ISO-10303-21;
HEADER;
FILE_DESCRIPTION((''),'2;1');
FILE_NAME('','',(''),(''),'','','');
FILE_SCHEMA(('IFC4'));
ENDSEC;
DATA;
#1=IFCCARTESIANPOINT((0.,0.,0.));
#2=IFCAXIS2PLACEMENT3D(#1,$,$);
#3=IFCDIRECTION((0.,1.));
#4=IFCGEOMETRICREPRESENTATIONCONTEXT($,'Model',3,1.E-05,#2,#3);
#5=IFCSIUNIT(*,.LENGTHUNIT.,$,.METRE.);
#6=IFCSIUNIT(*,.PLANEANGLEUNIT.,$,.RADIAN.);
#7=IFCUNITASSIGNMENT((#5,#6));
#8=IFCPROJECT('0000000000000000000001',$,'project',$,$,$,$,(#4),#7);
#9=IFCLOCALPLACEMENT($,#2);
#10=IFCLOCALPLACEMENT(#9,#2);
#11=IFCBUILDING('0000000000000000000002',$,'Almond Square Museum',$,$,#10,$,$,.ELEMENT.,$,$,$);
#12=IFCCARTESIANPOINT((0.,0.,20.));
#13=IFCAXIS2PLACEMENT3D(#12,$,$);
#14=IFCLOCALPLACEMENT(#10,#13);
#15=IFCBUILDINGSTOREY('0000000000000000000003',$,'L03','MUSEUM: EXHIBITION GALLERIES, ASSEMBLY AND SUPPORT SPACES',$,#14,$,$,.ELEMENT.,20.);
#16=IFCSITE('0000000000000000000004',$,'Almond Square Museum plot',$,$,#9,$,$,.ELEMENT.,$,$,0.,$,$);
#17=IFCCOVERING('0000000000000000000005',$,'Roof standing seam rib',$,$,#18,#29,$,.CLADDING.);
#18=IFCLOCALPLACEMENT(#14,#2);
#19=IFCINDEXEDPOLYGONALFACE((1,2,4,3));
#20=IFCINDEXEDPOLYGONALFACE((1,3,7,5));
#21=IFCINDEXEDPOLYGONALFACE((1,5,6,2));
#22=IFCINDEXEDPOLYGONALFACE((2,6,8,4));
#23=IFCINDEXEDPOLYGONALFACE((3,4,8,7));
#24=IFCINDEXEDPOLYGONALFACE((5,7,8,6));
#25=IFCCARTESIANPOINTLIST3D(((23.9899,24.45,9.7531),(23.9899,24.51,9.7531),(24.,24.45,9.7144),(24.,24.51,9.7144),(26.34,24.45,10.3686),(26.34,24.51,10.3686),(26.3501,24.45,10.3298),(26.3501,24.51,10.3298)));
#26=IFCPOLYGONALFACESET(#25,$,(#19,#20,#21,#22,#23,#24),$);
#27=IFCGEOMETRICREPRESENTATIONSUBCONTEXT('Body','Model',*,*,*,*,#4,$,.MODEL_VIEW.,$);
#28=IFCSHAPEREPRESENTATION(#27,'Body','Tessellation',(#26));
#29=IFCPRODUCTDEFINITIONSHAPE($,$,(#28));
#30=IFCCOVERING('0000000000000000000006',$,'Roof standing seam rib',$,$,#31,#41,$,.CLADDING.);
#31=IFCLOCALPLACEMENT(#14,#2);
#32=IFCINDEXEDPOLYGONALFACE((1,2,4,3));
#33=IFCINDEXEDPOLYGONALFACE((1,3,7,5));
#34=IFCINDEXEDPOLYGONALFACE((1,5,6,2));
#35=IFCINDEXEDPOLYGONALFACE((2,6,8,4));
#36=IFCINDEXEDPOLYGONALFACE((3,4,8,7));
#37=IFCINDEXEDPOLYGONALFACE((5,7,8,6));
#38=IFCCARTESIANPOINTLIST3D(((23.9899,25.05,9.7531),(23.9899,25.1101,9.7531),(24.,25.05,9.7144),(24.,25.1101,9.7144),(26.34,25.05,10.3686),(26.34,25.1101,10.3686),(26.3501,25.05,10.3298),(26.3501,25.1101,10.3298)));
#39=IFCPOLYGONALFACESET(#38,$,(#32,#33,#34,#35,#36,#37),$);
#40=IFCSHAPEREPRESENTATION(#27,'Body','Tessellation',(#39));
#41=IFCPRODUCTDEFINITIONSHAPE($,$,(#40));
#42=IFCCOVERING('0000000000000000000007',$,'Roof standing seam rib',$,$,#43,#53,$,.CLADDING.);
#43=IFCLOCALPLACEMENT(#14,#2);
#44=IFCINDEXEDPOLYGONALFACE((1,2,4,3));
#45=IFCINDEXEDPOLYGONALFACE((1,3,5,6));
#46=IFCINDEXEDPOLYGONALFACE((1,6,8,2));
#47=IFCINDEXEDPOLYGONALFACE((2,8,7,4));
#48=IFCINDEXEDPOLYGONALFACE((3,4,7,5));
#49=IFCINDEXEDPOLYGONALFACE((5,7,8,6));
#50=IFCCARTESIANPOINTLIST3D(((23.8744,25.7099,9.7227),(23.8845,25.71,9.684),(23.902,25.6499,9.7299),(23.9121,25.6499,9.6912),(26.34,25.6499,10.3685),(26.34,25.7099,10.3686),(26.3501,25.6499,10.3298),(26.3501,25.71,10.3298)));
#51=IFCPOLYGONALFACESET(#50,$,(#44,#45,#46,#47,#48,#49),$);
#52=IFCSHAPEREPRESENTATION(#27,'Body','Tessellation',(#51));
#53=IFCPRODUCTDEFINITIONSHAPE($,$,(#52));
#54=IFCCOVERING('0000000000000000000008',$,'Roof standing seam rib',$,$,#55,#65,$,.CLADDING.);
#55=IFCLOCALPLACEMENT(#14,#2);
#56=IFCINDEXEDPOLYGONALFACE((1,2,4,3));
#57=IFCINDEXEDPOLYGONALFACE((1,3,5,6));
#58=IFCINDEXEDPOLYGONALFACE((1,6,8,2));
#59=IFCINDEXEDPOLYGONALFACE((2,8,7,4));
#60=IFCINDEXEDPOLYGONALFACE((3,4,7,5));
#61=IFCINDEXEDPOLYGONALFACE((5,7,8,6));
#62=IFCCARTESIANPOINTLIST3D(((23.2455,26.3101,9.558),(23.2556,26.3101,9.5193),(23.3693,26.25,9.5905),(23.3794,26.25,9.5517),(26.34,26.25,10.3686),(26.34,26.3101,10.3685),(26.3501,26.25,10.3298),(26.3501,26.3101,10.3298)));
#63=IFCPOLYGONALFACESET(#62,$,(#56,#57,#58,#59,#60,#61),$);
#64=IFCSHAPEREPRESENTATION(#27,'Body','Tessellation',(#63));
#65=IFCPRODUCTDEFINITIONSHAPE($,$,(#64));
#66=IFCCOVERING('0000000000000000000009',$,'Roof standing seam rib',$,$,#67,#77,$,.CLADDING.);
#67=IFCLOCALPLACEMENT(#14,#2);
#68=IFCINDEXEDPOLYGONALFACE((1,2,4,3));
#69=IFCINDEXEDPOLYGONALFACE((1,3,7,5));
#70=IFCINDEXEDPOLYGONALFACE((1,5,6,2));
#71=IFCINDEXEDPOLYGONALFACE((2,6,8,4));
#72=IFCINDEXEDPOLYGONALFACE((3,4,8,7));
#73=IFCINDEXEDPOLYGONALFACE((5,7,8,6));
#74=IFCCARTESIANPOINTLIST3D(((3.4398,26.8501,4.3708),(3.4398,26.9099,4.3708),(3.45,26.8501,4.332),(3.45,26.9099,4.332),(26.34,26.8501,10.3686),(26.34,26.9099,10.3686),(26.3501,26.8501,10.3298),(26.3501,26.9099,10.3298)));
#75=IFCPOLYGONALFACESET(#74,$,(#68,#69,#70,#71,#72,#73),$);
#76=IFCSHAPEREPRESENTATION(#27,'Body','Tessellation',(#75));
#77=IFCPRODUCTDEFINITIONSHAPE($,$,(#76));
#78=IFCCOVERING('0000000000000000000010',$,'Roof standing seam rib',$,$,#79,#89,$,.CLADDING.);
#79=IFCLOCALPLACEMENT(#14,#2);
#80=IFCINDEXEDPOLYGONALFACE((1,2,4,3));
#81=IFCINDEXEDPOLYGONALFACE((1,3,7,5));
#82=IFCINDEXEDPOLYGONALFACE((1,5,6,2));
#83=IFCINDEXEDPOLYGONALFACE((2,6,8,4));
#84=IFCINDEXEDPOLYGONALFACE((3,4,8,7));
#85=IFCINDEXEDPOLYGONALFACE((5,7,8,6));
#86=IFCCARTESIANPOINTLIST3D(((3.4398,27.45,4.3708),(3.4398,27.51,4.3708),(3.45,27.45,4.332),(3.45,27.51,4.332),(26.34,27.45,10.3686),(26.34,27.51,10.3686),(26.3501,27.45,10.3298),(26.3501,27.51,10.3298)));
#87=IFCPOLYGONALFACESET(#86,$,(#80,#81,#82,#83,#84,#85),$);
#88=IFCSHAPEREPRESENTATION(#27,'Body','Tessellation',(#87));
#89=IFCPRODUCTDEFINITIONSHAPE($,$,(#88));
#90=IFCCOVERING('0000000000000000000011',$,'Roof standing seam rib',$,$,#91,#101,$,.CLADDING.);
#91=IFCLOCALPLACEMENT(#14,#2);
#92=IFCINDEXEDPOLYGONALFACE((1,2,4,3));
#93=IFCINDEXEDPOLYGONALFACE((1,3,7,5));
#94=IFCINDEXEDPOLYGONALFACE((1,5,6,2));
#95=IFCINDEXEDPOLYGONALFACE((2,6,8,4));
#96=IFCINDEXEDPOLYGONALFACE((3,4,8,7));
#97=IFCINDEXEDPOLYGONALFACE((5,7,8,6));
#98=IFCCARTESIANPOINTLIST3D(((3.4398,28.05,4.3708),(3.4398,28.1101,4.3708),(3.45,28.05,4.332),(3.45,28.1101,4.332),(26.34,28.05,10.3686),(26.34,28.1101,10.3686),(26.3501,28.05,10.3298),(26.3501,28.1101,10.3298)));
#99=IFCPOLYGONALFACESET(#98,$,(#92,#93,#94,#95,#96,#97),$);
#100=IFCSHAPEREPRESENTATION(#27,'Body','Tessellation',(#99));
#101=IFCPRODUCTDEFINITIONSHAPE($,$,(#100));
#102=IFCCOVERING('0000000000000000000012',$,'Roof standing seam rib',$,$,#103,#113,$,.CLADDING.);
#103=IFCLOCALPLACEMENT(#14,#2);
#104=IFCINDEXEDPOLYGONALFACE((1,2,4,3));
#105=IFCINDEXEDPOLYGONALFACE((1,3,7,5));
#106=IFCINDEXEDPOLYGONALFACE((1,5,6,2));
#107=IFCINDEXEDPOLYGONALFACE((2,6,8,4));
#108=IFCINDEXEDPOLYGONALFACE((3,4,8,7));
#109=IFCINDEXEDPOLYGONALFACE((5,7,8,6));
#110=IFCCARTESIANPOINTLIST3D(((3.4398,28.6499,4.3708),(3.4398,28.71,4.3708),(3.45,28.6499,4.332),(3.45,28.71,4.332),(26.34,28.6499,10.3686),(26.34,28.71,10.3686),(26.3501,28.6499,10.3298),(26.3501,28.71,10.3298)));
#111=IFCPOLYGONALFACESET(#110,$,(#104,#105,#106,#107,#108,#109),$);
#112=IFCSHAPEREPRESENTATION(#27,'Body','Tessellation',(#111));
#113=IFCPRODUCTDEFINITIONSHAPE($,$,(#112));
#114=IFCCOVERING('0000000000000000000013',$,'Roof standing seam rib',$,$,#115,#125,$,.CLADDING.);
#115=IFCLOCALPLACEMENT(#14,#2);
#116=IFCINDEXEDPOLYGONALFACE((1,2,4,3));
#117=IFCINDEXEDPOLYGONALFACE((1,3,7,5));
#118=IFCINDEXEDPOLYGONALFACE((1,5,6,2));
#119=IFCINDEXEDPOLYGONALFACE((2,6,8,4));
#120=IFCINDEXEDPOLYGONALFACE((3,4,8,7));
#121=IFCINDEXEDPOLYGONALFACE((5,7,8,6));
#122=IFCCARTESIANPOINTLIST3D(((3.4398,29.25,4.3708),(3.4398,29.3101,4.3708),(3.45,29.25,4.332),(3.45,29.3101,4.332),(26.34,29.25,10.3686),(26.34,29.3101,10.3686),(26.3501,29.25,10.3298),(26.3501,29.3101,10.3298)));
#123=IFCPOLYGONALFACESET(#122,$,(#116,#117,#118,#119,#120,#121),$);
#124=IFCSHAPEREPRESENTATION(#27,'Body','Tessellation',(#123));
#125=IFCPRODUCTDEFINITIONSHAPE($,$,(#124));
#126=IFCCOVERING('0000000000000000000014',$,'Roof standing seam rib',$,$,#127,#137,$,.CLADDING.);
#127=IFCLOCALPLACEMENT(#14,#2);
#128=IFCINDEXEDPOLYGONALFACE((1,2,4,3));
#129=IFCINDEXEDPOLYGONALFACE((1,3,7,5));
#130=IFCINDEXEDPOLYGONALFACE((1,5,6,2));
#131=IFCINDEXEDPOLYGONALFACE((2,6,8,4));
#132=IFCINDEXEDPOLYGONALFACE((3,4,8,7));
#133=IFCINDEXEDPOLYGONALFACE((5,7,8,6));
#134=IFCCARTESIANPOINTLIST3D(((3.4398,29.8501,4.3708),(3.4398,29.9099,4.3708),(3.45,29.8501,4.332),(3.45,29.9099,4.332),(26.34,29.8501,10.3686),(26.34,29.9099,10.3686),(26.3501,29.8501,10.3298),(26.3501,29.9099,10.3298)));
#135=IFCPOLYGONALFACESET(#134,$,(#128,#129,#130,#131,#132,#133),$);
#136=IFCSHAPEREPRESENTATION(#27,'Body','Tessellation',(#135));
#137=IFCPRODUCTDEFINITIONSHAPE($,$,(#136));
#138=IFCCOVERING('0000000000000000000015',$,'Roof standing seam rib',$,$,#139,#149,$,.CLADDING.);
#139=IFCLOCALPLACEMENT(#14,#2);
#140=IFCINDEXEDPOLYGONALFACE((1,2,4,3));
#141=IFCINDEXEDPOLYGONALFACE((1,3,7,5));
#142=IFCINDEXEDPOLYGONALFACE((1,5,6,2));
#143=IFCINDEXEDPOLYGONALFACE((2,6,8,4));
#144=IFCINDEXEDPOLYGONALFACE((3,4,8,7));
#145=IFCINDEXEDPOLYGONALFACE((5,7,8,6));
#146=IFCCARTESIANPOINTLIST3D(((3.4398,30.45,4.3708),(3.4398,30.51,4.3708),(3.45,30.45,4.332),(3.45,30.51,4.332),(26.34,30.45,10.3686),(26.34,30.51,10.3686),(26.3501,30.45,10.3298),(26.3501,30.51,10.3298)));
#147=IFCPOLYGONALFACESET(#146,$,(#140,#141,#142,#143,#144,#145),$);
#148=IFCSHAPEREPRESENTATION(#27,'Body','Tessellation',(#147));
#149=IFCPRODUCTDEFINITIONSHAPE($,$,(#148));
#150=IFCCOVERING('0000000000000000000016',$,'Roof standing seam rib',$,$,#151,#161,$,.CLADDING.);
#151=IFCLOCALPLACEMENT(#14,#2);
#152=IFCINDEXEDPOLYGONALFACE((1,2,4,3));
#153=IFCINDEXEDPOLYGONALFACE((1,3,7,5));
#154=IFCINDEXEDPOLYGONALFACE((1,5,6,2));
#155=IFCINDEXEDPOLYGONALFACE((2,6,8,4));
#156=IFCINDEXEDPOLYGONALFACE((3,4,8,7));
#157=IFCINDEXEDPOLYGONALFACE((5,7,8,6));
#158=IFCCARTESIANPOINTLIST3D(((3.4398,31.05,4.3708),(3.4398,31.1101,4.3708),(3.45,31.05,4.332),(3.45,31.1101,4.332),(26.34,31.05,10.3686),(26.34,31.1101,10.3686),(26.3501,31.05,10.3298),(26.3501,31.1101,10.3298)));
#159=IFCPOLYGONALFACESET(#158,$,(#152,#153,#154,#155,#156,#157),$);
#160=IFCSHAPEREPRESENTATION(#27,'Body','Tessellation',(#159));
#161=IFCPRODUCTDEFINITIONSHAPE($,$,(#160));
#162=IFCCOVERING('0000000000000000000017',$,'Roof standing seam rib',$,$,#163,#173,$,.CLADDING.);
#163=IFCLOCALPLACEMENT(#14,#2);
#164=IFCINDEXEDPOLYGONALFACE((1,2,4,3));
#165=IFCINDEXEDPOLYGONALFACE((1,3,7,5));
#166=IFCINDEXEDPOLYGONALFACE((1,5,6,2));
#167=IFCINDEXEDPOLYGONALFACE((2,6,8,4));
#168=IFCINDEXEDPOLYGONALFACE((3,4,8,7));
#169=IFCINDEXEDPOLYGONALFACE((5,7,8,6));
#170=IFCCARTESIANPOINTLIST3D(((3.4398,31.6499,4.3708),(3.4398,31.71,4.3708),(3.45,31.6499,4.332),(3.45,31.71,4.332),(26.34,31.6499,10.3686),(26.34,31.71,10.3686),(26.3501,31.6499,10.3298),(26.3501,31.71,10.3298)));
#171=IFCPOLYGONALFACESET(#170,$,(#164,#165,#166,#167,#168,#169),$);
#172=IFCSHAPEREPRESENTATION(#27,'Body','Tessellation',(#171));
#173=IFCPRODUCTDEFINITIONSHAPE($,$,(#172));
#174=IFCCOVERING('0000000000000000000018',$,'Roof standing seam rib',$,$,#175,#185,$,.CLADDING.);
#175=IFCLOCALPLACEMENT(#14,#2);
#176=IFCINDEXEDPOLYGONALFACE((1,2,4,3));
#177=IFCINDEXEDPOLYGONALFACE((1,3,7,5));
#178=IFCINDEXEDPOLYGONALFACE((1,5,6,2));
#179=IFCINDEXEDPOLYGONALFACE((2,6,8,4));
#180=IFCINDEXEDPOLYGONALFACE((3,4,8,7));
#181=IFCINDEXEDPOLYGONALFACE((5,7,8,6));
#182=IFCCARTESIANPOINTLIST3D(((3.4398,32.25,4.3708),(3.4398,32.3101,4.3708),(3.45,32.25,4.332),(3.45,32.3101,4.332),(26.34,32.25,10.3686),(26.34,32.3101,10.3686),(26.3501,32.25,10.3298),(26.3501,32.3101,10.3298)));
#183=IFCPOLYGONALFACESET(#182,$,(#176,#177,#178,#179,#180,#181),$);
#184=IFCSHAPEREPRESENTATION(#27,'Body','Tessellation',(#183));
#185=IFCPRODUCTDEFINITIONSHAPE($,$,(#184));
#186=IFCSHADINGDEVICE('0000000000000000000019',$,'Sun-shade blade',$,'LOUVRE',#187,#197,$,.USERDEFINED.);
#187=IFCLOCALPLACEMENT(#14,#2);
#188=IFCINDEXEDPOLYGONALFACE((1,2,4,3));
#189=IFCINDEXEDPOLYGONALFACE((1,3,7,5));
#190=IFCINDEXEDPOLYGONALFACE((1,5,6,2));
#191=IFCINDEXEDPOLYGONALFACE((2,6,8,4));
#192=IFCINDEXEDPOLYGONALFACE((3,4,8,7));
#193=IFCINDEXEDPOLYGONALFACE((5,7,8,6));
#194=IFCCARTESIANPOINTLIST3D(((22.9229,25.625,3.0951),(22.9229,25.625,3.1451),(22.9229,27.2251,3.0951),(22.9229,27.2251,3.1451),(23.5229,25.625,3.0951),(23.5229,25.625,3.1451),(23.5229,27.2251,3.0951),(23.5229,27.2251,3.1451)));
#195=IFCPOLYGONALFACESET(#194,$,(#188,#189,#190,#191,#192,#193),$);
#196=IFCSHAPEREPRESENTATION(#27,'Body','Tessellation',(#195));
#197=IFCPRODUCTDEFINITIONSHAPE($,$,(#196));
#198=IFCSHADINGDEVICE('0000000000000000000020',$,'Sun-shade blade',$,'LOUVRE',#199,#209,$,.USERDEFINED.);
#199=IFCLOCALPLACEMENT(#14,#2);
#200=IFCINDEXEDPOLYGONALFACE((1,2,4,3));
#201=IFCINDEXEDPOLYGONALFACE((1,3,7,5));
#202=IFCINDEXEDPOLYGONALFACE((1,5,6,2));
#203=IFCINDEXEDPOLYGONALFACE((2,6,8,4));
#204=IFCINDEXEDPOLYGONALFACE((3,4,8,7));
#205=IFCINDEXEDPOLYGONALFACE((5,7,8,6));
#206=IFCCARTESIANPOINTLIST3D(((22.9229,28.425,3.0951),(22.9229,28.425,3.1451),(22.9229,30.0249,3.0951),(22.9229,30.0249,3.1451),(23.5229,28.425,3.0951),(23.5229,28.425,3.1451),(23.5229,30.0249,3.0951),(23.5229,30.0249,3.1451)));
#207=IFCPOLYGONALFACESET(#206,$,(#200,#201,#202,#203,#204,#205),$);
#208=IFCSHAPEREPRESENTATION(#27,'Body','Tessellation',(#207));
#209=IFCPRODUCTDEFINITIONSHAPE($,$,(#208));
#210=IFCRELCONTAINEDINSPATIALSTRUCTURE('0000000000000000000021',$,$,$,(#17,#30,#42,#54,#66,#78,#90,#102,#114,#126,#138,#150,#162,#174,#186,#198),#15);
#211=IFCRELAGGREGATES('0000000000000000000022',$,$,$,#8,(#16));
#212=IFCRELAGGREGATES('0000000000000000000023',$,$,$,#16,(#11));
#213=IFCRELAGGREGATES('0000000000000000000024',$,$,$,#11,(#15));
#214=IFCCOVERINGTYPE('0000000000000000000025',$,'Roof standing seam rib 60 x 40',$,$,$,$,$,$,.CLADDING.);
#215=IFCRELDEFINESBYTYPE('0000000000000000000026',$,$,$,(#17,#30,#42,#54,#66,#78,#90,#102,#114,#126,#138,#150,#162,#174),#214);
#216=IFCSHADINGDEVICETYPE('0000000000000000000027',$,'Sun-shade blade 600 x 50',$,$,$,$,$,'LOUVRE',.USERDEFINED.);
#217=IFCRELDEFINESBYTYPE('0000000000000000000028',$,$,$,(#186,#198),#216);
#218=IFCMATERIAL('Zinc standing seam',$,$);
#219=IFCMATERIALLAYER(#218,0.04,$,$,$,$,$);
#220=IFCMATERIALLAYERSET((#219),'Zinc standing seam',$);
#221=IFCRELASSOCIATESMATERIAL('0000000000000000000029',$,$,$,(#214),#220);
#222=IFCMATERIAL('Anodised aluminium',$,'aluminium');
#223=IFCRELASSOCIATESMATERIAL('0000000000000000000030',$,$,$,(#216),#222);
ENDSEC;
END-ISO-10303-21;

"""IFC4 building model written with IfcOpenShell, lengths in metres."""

from ifc_helpers import new_model, si_unit, direction, frame, origin, origin_2d, place, context, subcontext, project, spatial, polyline, rectangle, outline, extrude, material, layer, layer_set, material_profile, profile_set, type_object, element, save


model = new_model("IFC4")

# Units and contexts
model_context = context("Model", 3, precision=1e-05, world=origin(), true_north=direction((0.0, 1.0)))
body_context = subcontext(model_context, "Body", "Model", "MODEL_VIEW")
ifc_project = project(units=[si_unit("LENGTHUNIT", "METRE"), si_unit("PLANEANGLEUNIT", "RADIAN")], contexts=[model_context])

# Site, building, storey
site_placement = place(None, origin())
site = spatial("IfcSite", under=ifc_project, at=site_placement, Name="Almond Square Museum plot", CompositionType="ELEMENT", RefElevation=0.0)
building_placement = place(site_placement, origin())
building = spatial("IfcBuilding", under=site, at=building_placement, Name="Almond Square Museum", CompositionType="ELEMENT")
storey_placement = place(building_placement, frame((0.0, 0.0, 20.0)))
storey = spatial("IfcBuildingStorey", under=building, at=storey_placement, Name="L03", Description="MUSEUM: EXHIBITION GALLERIES, ASSEMBLY AND SUPPORT SPACES", CompositionType="ELEMENT", Elevation=20.0)

# Coverings
ifc_material_1 = material(Name="Zinc standing seam")
ifc_layer = layer(ifc_material_1, 0.04)
ifc_layer_set = layer_set([ifc_layer], Name="Zinc standing seam")
covering_type_1 = type_object("IfcCoveringType", Name="Roof standing seam rib 60 x 40", PredefinedType="CLADDING", material=ifc_layer_set)
for number, where, z_axis, x_axis, name in (
    (1, (26.3501, 24.51, 10.3298), (-0.25335, 0.0, 0.967375), (-0.967375, 0.0, -0.25335), "Roof standing seam rib"),
    (2, (26.3501, 25.1101, 10.3298), (-0.25335, 0.0, 0.967375), (-0.967375, 0.0, -0.25335), "Roof standing seam rib"),
):
    element("IfcCovering", number, at=place(storey_placement, frame(where, z_axis=z_axis, x_axis=x_axis)), inside=storey, type_object=covering_type_1, Name=name, PredefinedType="CLADDING", context=body_context, shape_type="SweptSolid", body=[
        extrude(outline(polyline([(0.0, 0.0), (2.4294, 0.0), (2.4294, 0.0601), (0.0, 0.0601), (0.0, 0.0)])), origin(), (0.0, 0.0, 1.0), 0.04),
    ])
covering_1_placement = place(storey_placement, frame((23.9121, 25.6499, 9.6912), z_axis=(-0.253388, -0.001177, 0.967364), x_axis=(0.967365, 0.0, 0.253388)))
element("IfcCovering", 3, at=covering_1_placement, inside=storey, type_object=covering_type_1, Name="Roof standing seam rib", PredefinedType="CLADDING", context=body_context, shape_type="SweptSolid", body=[
    extrude(outline(polyline([(0.0, 0.0), (2.5203, 0.0), (2.5203, 0.0601), (-0.0285, 0.0601), (0.0, 0.0)])), origin(), (0.0, 0.0, 1.0), 0.04),
])
covering_2_placement = place(storey_placement, frame((26.3501, 26.25, 10.3298), z_axis=(-0.253378, 0.000401, 0.967367), x_axis=(0.000102, 1.0, -0.000388)))
element("IfcCovering", 4, at=covering_2_placement, inside=storey, type_object=covering_type_1, Name="Roof standing seam rib", PredefinedType="CLADDING", context=body_context, shape_type="SweptSolid", body=[
    extrude(outline(polyline([(0.0, 0.0), (0.0601, 0.0), (0.0601, 3.1989), (0.0, 3.0709), (0.0, 0.0)])), origin(), (0.0, 0.0, 1.0), 0.04),
])
covering_3_placement = place(storey_placement, frame((26.3501, 26.9099, 10.3298), z_axis=(-0.253365, 0.0, 0.967371), x_axis=(-0.967371, 0.0, -0.253365)))
element("IfcCovering", 5, at=covering_3_placement, inside=storey, type_object=covering_type_1, Name="Roof standing seam rib", PredefinedType="CLADDING", context=body_context, shape_type="SweptSolid", body=[
    extrude(outline(polyline([(0.0, 0.0), (23.6726, 0.0), (23.6726, 0.0598), (0.0, 0.0598), (0.0, 0.0)])), origin(), (0.0, 0.0, 1.0), 0.04),
])
for number, where, z_axis, x_axis, name in (
    (6, (26.3501, 27.51, 10.3298), (-0.253365, 0.0, 0.967371), (-0.967371, 0.0, -0.253365), "Roof standing seam rib"),
    (7, (26.3501, 28.1101, 10.3298), (-0.253365, 0.0, 0.967371), (-0.967371, 0.0, -0.253365), "Roof standing seam rib"),
    (8, (26.3501, 28.71, 10.3298), (-0.253365, 0.0, 0.967371), (-0.967371, 0.0, -0.253365), "Roof standing seam rib"),
    (9, (26.3501, 29.3101, 10.3298), (-0.253365, 0.0, 0.967371), (-0.967371, 0.0, -0.253365), "Roof standing seam rib"),
):
    element("IfcCovering", number, at=place(storey_placement, frame(where, z_axis=z_axis, x_axis=x_axis)), inside=storey, type_object=covering_type_1, Name=name, PredefinedType="CLADDING", context=body_context, shape_type="SweptSolid", body=[
        extrude(outline(polyline([(0.0, 0.0), (23.6726, 0.0), (23.6726, 0.0601), (0.0, 0.0601), (0.0, 0.0)])), origin(), (0.0, 0.0, 1.0), 0.04),
    ])
covering_4_placement = place(storey_placement, frame((26.3501, 29.9099, 10.3298), z_axis=(-0.253365, 0.0, 0.967371), x_axis=(-0.967371, 0.0, -0.253365)))
element("IfcCovering", 10, at=covering_4_placement, inside=storey, type_object=covering_type_1, Name="Roof standing seam rib", PredefinedType="CLADDING", context=body_context, shape_type="SweptSolid", body=[
    extrude(outline(polyline([(0.0, 0.0), (23.6726, 0.0), (23.6726, 0.0598), (0.0, 0.0598), (0.0, 0.0)])), origin(), (0.0, 0.0, 1.0), 0.04),
])
for number, where, z_axis, x_axis, name in (
    (11, (26.3501, 30.51, 10.3298), (-0.253365, 0.0, 0.967371), (-0.967371, 0.0, -0.253365), "Roof standing seam rib"),
    (12, (26.3501, 31.1101, 10.3298), (-0.253365, 0.0, 0.967371), (-0.967371, 0.0, -0.253365), "Roof standing seam rib"),
    (13, (26.3501, 31.71, 10.3298), (-0.253365, 0.0, 0.967371), (-0.967371, 0.0, -0.253365), "Roof standing seam rib"),
    (14, (26.3501, 32.3101, 10.3298), (-0.253365, 0.0, 0.967371), (-0.967371, 0.0, -0.253365), "Roof standing seam rib"),
):
    element("IfcCovering", number, at=place(storey_placement, frame(where, z_axis=z_axis, x_axis=x_axis)), inside=storey, type_object=covering_type_1, Name=name, PredefinedType="CLADDING", context=body_context, shape_type="SweptSolid", body=[
        extrude(outline(polyline([(0.0, 0.0), (23.6726, 0.0), (23.6726, 0.0601), (0.0, 0.0601), (0.0, 0.0)])), origin(), (0.0, 0.0, 1.0), 0.04),
    ])

# Shading devices
ifc_material_2 = material(Name="Anodised aluminium", Category="aluminium")
ifc_material_profile_1 = material_profile(ifc_material_2, rectangle(XDim=0.6001, YDim=0.05, at=origin_2d()))
ifc_profile_set_1 = profile_set([ifc_material_profile_1], Name="Anodised aluminium")
shading_device_type_1 = type_object("IfcShadingDeviceType", Name="Sun-shade blade 600 x 50", ElementType="LOUVRE", PredefinedType="USERDEFINED", material=ifc_profile_set_1)
shading_device_placement = place(storey_placement, frame((23.2229, 25.625, 3.1201), z_axis=(0.0, 1.0, 0.0), x_axis=(-1.0, 0.0, 0.0)))
element("IfcShadingDevice", 15, at=shading_device_placement, inside=storey, type_object=shading_device_type_1, Name="Sun-shade blade", ObjectType="LOUVRE", PredefinedType="USERDEFINED", context=body_context, shape_type="SweptSolid", body=[
    extrude(rectangle(XDim=0.6001, YDim=0.05, at=origin_2d()), origin(), (0.0, 0.0, 1.0), 1.6001),
])
for number, where, z_axis, x_axis, name in (
    (16, (23.2229, 28.425, 3.1201), (0.0, 1.0, 0.0), (-1.0, 0.0, 0.0), "Sun-shade blade"),
):
    element("IfcShadingDevice", number, at=place(storey_placement, frame(where, z_axis=z_axis, x_axis=x_axis)), inside=storey, type_object=shading_device_type_1, Name=name, ObjectType="LOUVRE", PredefinedType="USERDEFINED", context=body_context, shape_type="SweptSolid", body=[
        extrude(rectangle(XDim=0.6001, YDim=0.05, at=origin_2d()), origin(), (0.0, 0.0, 1.0), 1.5999),
    ])

save(model, "model.ifc")
